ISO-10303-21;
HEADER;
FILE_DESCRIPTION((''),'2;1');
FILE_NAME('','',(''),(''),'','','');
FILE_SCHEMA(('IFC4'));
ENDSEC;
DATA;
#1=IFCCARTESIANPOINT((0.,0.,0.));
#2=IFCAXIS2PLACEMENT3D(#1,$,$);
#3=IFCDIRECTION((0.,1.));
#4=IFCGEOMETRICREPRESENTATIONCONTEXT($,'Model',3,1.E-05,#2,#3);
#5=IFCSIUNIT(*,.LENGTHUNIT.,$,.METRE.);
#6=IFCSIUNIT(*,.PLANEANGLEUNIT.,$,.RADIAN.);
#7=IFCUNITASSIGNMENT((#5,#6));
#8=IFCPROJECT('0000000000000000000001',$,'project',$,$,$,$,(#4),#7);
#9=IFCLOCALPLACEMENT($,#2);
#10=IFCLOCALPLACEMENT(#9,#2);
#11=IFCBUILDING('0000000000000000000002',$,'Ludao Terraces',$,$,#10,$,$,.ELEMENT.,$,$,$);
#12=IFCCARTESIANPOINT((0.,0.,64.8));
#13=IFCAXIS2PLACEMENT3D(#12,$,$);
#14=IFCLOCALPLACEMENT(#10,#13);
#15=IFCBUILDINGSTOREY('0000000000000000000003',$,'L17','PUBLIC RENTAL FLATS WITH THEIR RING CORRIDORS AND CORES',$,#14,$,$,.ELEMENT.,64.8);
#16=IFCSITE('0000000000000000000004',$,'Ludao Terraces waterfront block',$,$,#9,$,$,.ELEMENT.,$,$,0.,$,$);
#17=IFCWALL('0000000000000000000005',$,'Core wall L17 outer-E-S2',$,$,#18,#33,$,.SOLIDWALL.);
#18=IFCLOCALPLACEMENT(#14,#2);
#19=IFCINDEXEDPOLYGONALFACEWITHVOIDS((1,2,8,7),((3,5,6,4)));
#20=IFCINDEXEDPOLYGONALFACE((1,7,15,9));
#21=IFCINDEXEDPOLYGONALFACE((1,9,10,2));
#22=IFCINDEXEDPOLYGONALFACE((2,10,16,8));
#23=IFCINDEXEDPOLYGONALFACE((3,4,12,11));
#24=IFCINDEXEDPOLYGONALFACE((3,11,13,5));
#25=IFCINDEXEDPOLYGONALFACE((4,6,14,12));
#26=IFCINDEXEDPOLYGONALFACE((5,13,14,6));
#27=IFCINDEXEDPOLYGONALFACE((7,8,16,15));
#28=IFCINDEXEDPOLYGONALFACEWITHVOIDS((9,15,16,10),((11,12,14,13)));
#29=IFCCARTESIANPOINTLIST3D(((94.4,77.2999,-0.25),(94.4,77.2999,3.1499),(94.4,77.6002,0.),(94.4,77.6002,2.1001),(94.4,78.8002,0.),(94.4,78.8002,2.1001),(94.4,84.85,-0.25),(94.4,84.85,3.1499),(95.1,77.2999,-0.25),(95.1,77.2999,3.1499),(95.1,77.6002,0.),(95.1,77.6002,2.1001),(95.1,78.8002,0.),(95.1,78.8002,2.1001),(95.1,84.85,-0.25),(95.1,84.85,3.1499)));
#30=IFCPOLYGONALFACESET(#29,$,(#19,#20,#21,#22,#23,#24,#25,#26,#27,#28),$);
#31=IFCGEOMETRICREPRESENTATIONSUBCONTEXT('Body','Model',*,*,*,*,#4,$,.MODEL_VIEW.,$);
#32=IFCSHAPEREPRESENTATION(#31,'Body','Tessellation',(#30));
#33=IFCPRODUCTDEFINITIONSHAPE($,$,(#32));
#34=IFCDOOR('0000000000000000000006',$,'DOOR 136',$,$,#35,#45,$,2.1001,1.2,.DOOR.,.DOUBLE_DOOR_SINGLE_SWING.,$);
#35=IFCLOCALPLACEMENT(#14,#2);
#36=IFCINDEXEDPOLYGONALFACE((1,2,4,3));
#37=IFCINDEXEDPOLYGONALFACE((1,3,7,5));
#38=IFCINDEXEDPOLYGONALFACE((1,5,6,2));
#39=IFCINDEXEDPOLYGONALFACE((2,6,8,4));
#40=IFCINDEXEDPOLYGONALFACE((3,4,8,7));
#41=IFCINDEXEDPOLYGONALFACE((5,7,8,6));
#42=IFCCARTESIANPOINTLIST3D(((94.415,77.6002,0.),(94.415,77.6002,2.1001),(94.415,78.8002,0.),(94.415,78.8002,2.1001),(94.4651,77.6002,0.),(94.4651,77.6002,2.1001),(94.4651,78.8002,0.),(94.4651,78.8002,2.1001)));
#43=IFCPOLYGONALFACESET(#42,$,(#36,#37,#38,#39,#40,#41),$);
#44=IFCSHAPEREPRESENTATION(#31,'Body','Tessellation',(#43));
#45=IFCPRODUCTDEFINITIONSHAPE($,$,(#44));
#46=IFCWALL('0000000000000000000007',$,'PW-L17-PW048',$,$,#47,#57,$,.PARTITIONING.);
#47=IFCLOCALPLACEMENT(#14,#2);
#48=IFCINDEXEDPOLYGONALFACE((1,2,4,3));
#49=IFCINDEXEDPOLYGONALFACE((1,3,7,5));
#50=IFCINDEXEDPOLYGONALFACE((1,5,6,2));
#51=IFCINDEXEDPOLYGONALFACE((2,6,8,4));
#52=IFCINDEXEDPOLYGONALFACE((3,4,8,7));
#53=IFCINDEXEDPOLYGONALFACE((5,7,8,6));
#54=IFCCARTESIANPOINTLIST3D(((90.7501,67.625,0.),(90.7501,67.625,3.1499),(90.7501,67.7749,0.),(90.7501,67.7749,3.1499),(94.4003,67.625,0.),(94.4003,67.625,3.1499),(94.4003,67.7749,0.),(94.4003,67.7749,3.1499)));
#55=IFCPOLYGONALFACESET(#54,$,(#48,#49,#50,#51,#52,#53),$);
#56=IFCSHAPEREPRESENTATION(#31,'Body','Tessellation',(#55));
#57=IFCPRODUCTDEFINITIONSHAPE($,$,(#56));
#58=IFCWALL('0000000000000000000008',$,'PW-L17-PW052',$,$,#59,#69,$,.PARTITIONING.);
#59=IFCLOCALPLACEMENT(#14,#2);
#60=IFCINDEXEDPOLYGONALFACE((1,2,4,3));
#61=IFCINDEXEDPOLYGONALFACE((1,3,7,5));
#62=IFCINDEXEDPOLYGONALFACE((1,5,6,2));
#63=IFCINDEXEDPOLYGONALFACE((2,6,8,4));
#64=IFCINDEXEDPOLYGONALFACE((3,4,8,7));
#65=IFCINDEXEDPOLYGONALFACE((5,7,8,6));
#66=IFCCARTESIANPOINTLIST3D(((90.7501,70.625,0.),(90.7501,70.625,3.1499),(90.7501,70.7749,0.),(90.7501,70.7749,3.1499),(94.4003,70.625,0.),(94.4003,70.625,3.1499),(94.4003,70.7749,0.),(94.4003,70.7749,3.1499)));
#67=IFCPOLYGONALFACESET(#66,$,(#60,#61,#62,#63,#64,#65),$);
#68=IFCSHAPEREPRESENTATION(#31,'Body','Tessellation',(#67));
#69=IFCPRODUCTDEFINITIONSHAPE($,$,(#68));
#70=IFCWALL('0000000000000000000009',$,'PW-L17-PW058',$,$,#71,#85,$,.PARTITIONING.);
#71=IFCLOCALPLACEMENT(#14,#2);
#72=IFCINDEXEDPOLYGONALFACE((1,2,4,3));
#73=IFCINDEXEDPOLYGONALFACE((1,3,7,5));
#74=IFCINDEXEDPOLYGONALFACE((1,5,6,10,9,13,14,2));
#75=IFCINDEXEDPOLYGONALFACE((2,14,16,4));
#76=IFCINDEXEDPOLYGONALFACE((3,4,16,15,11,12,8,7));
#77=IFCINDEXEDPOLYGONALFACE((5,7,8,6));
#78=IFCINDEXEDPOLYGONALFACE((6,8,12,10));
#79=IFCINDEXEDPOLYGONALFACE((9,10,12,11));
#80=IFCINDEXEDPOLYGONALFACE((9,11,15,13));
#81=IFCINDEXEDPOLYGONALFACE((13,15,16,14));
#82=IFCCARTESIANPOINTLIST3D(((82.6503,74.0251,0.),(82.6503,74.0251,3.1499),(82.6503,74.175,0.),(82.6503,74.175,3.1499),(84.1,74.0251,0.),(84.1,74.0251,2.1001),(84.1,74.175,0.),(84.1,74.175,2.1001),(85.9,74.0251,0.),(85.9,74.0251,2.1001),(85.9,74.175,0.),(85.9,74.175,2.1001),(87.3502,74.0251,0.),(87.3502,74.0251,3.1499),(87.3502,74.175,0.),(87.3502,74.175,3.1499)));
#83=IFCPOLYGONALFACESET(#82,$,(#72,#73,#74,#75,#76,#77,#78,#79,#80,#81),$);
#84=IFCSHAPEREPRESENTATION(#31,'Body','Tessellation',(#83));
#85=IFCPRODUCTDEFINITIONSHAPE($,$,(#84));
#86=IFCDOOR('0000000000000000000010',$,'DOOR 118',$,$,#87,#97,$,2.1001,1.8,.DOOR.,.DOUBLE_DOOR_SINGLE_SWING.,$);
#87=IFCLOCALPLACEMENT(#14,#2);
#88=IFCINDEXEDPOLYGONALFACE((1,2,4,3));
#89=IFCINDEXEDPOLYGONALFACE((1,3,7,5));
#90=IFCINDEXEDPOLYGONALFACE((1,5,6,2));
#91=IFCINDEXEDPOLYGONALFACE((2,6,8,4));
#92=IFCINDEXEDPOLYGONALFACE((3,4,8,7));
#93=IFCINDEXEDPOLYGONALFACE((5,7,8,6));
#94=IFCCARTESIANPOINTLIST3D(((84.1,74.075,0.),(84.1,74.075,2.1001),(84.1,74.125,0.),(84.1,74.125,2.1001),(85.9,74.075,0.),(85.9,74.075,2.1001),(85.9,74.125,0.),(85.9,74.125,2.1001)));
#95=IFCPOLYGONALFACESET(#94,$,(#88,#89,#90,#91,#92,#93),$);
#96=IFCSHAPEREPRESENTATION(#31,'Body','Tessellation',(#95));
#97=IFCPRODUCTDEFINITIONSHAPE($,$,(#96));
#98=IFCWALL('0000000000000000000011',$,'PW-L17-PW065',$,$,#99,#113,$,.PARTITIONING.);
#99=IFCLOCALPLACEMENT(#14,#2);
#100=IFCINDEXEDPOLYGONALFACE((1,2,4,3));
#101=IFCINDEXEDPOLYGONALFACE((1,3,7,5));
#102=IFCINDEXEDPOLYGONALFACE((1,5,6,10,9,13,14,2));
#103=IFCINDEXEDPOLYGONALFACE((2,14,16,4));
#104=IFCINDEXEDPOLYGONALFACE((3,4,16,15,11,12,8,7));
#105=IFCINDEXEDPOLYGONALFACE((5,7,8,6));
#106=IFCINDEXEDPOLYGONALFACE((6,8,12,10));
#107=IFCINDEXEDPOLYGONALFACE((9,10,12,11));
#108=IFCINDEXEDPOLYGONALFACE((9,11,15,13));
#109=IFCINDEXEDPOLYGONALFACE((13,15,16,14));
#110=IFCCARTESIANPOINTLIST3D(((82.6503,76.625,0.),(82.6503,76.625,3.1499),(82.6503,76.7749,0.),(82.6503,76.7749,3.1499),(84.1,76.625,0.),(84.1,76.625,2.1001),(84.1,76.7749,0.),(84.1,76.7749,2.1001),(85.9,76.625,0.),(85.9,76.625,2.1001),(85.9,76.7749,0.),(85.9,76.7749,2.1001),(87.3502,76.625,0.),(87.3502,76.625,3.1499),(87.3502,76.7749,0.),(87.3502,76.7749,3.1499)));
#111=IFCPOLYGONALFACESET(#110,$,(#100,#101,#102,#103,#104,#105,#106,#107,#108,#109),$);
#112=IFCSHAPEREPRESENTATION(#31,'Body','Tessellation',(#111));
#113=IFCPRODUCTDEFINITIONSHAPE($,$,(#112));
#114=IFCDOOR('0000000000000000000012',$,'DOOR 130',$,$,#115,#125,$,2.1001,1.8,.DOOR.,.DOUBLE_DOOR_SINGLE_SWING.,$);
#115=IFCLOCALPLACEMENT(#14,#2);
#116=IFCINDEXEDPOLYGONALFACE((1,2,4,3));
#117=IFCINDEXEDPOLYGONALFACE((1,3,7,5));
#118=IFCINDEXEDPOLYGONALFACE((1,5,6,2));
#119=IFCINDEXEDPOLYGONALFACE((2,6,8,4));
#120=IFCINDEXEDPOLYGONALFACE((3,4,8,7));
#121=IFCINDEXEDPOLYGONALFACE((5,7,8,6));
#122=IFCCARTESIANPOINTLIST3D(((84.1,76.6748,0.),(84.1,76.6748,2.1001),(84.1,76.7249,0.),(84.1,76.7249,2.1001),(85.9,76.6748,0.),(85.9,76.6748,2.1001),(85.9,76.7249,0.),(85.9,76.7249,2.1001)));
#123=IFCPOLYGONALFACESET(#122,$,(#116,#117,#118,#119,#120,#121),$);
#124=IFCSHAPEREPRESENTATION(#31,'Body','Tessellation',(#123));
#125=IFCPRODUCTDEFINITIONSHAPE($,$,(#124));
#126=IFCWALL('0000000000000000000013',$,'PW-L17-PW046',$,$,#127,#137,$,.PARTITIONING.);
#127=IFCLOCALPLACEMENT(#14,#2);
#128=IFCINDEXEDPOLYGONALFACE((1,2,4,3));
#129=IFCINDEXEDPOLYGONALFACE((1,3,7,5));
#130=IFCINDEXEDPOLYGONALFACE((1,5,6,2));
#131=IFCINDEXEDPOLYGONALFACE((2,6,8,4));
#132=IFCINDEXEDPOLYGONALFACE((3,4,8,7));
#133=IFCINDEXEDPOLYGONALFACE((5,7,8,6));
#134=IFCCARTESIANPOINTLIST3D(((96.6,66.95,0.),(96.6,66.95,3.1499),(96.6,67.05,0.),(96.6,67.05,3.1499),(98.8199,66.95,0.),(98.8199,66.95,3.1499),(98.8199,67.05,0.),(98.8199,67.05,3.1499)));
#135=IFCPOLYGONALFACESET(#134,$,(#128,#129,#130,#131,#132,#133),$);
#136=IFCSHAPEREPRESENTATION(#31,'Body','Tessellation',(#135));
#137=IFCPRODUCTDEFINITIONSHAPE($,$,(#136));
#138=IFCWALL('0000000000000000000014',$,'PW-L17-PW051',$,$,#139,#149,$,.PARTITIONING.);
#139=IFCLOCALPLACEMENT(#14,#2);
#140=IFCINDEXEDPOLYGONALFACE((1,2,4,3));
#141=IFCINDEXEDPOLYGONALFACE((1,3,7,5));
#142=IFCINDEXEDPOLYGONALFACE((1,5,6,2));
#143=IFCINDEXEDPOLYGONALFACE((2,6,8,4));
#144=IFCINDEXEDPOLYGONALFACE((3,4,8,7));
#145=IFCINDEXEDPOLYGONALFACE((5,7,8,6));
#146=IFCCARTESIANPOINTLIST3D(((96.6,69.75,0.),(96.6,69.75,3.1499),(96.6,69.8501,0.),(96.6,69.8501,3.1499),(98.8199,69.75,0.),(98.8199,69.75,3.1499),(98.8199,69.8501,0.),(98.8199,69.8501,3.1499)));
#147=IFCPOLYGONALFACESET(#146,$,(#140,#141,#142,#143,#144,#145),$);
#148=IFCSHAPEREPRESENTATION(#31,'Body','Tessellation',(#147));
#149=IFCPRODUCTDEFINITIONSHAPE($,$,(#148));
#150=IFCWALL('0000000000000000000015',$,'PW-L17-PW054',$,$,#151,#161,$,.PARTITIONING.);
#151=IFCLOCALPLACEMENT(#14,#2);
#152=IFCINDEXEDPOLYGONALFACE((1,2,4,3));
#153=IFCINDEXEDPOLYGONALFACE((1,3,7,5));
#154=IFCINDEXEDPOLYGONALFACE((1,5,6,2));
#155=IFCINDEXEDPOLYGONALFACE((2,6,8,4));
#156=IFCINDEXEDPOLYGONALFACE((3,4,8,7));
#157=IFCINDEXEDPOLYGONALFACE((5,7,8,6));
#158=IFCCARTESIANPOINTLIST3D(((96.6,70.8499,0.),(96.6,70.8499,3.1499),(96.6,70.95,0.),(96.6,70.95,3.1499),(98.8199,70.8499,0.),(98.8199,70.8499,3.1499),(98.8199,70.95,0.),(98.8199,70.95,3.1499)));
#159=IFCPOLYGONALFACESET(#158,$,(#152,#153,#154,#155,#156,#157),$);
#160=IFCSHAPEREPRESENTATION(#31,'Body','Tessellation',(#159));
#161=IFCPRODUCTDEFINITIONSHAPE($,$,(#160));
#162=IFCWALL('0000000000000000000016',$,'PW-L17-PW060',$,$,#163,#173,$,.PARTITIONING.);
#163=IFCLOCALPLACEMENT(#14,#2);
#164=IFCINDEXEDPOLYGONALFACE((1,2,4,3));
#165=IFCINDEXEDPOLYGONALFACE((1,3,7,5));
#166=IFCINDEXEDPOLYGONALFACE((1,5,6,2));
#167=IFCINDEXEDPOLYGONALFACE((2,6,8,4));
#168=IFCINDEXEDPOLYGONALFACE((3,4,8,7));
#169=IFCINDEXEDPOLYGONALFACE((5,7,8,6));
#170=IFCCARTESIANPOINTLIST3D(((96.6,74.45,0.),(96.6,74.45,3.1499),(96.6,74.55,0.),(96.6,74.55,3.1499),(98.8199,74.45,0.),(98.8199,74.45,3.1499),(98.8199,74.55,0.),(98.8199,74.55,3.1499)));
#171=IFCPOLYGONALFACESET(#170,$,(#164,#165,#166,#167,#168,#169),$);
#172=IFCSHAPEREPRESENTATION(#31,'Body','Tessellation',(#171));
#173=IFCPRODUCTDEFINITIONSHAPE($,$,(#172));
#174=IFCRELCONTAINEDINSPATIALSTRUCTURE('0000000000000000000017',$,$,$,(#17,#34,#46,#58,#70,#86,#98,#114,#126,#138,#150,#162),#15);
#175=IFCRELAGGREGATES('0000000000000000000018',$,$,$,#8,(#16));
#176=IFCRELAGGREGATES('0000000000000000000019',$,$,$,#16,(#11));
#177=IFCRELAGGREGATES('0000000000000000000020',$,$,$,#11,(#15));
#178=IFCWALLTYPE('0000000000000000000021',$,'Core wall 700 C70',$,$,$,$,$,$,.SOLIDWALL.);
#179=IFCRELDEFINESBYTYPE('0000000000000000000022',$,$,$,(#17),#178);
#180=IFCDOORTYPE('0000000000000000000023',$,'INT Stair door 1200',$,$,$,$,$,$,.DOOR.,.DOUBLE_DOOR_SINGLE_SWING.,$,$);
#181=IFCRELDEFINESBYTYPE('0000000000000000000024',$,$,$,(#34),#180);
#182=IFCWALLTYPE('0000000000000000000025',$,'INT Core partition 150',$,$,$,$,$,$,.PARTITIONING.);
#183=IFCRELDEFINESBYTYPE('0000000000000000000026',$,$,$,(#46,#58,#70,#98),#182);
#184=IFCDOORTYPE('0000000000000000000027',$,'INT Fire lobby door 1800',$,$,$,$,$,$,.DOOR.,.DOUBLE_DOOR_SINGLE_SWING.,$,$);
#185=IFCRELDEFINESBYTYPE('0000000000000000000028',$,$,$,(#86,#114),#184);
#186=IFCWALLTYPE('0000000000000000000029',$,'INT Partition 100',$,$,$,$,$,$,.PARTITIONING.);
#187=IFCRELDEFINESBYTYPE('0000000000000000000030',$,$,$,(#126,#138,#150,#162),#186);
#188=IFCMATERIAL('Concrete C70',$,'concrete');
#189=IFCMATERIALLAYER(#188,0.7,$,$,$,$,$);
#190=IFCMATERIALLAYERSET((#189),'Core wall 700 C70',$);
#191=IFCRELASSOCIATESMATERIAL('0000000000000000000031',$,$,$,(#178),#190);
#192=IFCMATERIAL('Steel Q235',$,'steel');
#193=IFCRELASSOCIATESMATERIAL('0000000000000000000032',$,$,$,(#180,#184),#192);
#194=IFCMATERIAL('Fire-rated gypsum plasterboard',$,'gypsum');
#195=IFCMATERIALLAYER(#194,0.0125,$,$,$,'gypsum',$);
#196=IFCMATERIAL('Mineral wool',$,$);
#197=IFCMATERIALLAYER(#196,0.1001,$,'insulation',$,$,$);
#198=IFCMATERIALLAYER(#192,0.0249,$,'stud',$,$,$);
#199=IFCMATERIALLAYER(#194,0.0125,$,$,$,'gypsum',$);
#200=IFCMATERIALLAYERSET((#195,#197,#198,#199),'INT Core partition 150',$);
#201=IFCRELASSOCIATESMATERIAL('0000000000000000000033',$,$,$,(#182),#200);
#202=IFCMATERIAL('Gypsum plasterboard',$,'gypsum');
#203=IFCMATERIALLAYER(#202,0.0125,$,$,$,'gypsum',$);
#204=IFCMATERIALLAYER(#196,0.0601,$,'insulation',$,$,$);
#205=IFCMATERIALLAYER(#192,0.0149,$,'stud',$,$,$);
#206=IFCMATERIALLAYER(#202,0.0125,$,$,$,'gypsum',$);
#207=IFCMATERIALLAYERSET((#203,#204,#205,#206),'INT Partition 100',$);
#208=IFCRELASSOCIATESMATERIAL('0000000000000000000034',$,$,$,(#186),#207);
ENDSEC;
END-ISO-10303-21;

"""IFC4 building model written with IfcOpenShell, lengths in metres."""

from ifc_helpers import new_model, si_unit, direction, frame, frame_2d, origin, place, context, subcontext, project, spatial, rectangle, extrude, material, layer, layer_set, type_object, element, fill, save


model = new_model("IFC4")

# Units and contexts
model_context = context("Model", 3, precision=1e-05, world=origin(), true_north=direction((0.0, 1.0)))
body_context = subcontext(model_context, "Body", "Model", "MODEL_VIEW")
ifc_project = project(units=[si_unit("LENGTHUNIT", "METRE"), si_unit("PLANEANGLEUNIT", "RADIAN")], contexts=[model_context])

# Site, building, storey
site_placement = place(None, origin())
site = spatial("IfcSite", under=ifc_project, at=site_placement, Name="Ludao Terraces waterfront block", CompositionType="ELEMENT", RefElevation=0.0)
building_placement = place(site_placement, origin())
building = spatial("IfcBuilding", under=site, at=building_placement, Name="Ludao Terraces", CompositionType="ELEMENT")
storey_placement = place(building_placement, frame((0.0, 0.0, 64.8)))
storey = spatial("IfcBuildingStorey", under=building, at=storey_placement, Name="L17", Description="PUBLIC RENTAL FLATS WITH THEIR RING CORRIDORS AND CORES", CompositionType="ELEMENT", Elevation=64.8)

# Wall, opening, door
ifc_material_1 = material(Name="Concrete C70", Category="concrete")
ifc_layer_1 = layer(ifc_material_1, 0.7)
ifc_layer_set_1 = layer_set([ifc_layer_1], Name="Core wall 700 C70")
wall_type_1 = type_object("IfcWallType", Name="Core wall 700 C70", PredefinedType="SOLIDWALL", material=ifc_layer_set_1)
wall_1_placement = place(storey_placement, frame((94.75, 77.3, -0.25), z_axis=(0.0, 0.0, 1.0), x_axis=(0.0, 1.0, 0.0)))
wall_1 = element("IfcWall", 1, at=wall_1_placement, inside=storey, type_object=wall_type_1, Name="Core wall L17 outer-E-S2", PredefinedType="SOLIDWALL", context=body_context, shape_type="SweptSolid", body=[
    extrude(rectangle(XDim=7.55, YDim=0.7, at=frame_2d((3.7749, 0.0))), origin(), (0.0, 0.0, 1.0), 3.3999),
])
opening_1_placement = place(wall_1_placement, frame((0.3, 0.0, 0.25)))
opening_1 = element("IfcOpeningElement", 2, at=opening_1_placement, cuts=wall_1, PredefinedType="OPENING", context=body_context, shape_type="SweptSolid", body=[
    extrude(rectangle(XDim=1.2, YDim=2.1001, at=frame_2d((0.6001, 1.05))), frame((0.0, 0.3599, 0.0), z_axis=(0.0, -1.0, 0.0), x_axis=(1.0, 0.0, 0.0)), (0.0, 0.0, 1.0), 0.72),
])
ifc_material_2 = material(Name="Steel Q235", Category="steel")
door_type_1 = type_object("IfcDoorType", Name="INT Stair door 1200", OperationType="DOUBLE_DOOR_SINGLE_SWING", PredefinedType="DOOR", material=ifc_material_2)
door_1_placement = place(opening_1_placement, origin())
door_1 = element("IfcDoor", 3, at=door_1_placement, inside=storey, type_object=door_type_1, Name="DOOR 136", OperationType="DOUBLE_DOOR_SINGLE_SWING", OverallHeight=2.1001, OverallWidth=1.2, PredefinedType="DOOR", context=body_context, shape_type="SweptSolid", body=[
    extrude(rectangle(XDim=1.2, YDim=2.1001, at=frame_2d((0.6001, 1.05))), frame((0.0, 0.335, 0.0), z_axis=(0.0, -1.0, 0.0), x_axis=(1.0, 0.0, 0.0)), (0.0, 0.0, 1.0), 0.05),
])
fill(opening_1, door_1)

# Walls
ifc_material_3 = material(Name="Fire-rated gypsum plasterboard", Category="gypsum")
ifc_layer_2 = layer(ifc_material_3, 0.0125, Category="gypsum")
ifc_material_4 = material(Name="Mineral wool")
ifc_layer_3 = layer(ifc_material_4, 0.1001, Name="insulation")
ifc_layer_4 = layer(ifc_material_2, 0.0249, Name="stud")
ifc_layer_5 = layer(ifc_material_3, 0.0125, Category="gypsum")
ifc_layer_set_2 = layer_set([ifc_layer_2, ifc_layer_3, ifc_layer_4, ifc_layer_5], Name="INT Core partition 150")
wall_type_2 = type_object("IfcWallType", Name="INT Core partition 150", PredefinedType="PARTITIONING", material=ifc_layer_set_2)
for number, where, z_axis, x_axis, name in (
    (4, (90.75, 67.7, 0.0), (0.0, 0.0, 1.0), (1.0, 0.0, 0.0), "PW-L17-PW048"),
    (5, (90.75, 70.7, 0.0), (0.0, 0.0, 1.0), (1.0, 0.0, 0.0), "PW-L17-PW052"),
):
    element("IfcWall", number, at=place(storey_placement, frame(where, z_axis=z_axis, x_axis=x_axis)), inside=storey, type_object=wall_type_2, Name=name, PredefinedType="PARTITIONING", context=body_context, shape_type="SweptSolid", body=[
        extrude(rectangle(XDim=3.6501, YDim=0.1499, at=frame_2d((1.8252, 0.0))), origin(), (0.0, 0.0, 1.0), 3.1499),
    ])

# Walls, openings, doors
wall_2_placement = place(storey_placement, frame((82.6501, 74.1001, 0.0), z_axis=(0.0, 0.0, 1.0), x_axis=(1.0, 0.0, 0.0)))
wall_2 = element("IfcWall", 6, at=wall_2_placement, inside=storey, type_object=wall_type_2, Name="PW-L17-PW058", PredefinedType="PARTITIONING", context=body_context, shape_type="SweptSolid", body=[
    extrude(rectangle(XDim=4.7, YDim=0.1499, at=frame_2d((2.3501, 0.0))), origin(), (0.0, 0.0, 1.0), 3.1499),
])
opening_2_placement = place(wall_2_placement, frame((1.45, 0.0, 0.0)))
opening_2 = element("IfcOpeningElement", 7, at=opening_2_placement, cuts=wall_2, PredefinedType="OPENING", context=body_context, shape_type="SweptSolid", body=[
    extrude(rectangle(XDim=1.8, YDim=2.1001, at=frame_2d((0.8999, 1.05))), frame((0.0, 0.085, 0.0), z_axis=(0.0, -1.0, 0.0), x_axis=(1.0, 0.0, 0.0)), (0.0, 0.0, 1.0), 0.1699),
])
door_type_2 = type_object("IfcDoorType", Name="INT Fire lobby door 1800", OperationType="DOUBLE_DOOR_SINGLE_SWING", PredefinedType="DOOR", material=ifc_material_2)
door_2_placement = place(opening_2_placement, origin())
door_2 = element("IfcDoor", 8, at=door_2_placement, inside=storey, type_object=door_type_2, Name="DOOR 118", OperationType="DOUBLE_DOOR_SINGLE_SWING", OverallHeight=2.1001, OverallWidth=1.8, PredefinedType="DOOR", context=body_context, shape_type="SweptSolid", body=[
    extrude(rectangle(XDim=1.8, YDim=2.1001, at=frame_2d((0.8999, 1.05))), frame((0.0, 0.0249, 0.0), z_axis=(0.0, -1.0, 0.0), x_axis=(1.0, 0.0, 0.0)), (0.0, 0.0, 1.0), 0.05),
])
fill(opening_2, door_2)
wall_3_placement = place(storey_placement, frame((82.6501, 76.7, 0.0), z_axis=(0.0, 0.0, 1.0), x_axis=(1.0, 0.0, 0.0)))
wall_3 = element("IfcWall", 9, at=wall_3_placement, inside=storey, type_object=wall_type_2, Name="PW-L17-PW065", PredefinedType="PARTITIONING", context=body_context, shape_type="SweptSolid", body=[
    extrude(rectangle(XDim=4.7, YDim=0.1499, at=frame_2d((2.3501, 0.0))), origin(), (0.0, 0.0, 1.0), 3.1499),
])
opening_3_placement = place(wall_3_placement, frame((1.45, 0.0, 0.0)))
opening_3 = element("IfcOpeningElement", 10, at=opening_3_placement, cuts=wall_3, PredefinedType="OPENING", context=body_context, shape_type="SweptSolid", body=[
    extrude(rectangle(XDim=1.8, YDim=2.1001, at=frame_2d((0.8999, 1.05))), frame((0.0, 0.085, 0.0), z_axis=(0.0, -1.0, 0.0), x_axis=(1.0, 0.0, 0.0)), (0.0, 0.0, 1.0), 0.1699),
])
door_3_placement = place(opening_3_placement, origin())
door_3 = element("IfcDoor", 11, at=door_3_placement, inside=storey, type_object=door_type_2, Name="DOOR 130", OperationType="DOUBLE_DOOR_SINGLE_SWING", OverallHeight=2.1001, OverallWidth=1.8, PredefinedType="DOOR", context=body_context, shape_type="SweptSolid", body=[
    extrude(rectangle(XDim=1.8, YDim=2.1001, at=frame_2d((0.8999, 1.05))), frame((0.0, 0.0249, 0.0), z_axis=(0.0, -1.0, 0.0), x_axis=(1.0, 0.0, 0.0)), (0.0, 0.0, 1.0), 0.05),
])
fill(opening_3, door_3)

# Walls
ifc_material_5 = material(Name="Gypsum plasterboard", Category="gypsum")
ifc_layer_6 = layer(ifc_material_5, 0.0125, Category="gypsum")
ifc_layer_7 = layer(ifc_material_4, 0.0601, Name="insulation")
ifc_layer_8 = layer(ifc_material_2, 0.0149, Name="stud")
ifc_layer_9 = layer(ifc_material_5, 0.0125, Category="gypsum")
ifc_layer_set_3 = layer_set([ifc_layer_6, ifc_layer_7, ifc_layer_8, ifc_layer_9], Name="INT Partition 100")
wall_type_3 = type_object("IfcWallType", Name="INT Partition 100", PredefinedType="PARTITIONING", material=ifc_layer_set_3)
for number, where, z_axis, x_axis, name in (
    (12, (96.6001, 67.0, 0.0), (0.0, 0.0, 1.0), (1.0, 0.0, 0.0), "PW-L17-PW046"),
    (13, (96.6001, 69.8, 0.0), (0.0, 0.0, 1.0), (1.0, 0.0, 0.0), "PW-L17-PW051"),
    (14, (96.6001, 70.8999, 0.0), (0.0, 0.0, 1.0), (1.0, 0.0, 0.0), "PW-L17-PW054"),
    (15, (96.6001, 74.5, 0.0), (0.0, 0.0, 1.0), (1.0, 0.0, 0.0), "PW-L17-PW060"),
):
    element("IfcWall", number, at=place(storey_placement, frame(where, z_axis=z_axis, x_axis=x_axis)), inside=storey, type_object=wall_type_3, Name=name, PredefinedType="PARTITIONING", context=body_context, shape_type="SweptSolid", body=[
        extrude(rectangle(XDim=2.22, YDim=0.1001, at=frame_2d((1.1099, 0.0))), origin(), (0.0, 0.0, 1.0), 3.1499),
    ])

save(model, "model.ifc")
